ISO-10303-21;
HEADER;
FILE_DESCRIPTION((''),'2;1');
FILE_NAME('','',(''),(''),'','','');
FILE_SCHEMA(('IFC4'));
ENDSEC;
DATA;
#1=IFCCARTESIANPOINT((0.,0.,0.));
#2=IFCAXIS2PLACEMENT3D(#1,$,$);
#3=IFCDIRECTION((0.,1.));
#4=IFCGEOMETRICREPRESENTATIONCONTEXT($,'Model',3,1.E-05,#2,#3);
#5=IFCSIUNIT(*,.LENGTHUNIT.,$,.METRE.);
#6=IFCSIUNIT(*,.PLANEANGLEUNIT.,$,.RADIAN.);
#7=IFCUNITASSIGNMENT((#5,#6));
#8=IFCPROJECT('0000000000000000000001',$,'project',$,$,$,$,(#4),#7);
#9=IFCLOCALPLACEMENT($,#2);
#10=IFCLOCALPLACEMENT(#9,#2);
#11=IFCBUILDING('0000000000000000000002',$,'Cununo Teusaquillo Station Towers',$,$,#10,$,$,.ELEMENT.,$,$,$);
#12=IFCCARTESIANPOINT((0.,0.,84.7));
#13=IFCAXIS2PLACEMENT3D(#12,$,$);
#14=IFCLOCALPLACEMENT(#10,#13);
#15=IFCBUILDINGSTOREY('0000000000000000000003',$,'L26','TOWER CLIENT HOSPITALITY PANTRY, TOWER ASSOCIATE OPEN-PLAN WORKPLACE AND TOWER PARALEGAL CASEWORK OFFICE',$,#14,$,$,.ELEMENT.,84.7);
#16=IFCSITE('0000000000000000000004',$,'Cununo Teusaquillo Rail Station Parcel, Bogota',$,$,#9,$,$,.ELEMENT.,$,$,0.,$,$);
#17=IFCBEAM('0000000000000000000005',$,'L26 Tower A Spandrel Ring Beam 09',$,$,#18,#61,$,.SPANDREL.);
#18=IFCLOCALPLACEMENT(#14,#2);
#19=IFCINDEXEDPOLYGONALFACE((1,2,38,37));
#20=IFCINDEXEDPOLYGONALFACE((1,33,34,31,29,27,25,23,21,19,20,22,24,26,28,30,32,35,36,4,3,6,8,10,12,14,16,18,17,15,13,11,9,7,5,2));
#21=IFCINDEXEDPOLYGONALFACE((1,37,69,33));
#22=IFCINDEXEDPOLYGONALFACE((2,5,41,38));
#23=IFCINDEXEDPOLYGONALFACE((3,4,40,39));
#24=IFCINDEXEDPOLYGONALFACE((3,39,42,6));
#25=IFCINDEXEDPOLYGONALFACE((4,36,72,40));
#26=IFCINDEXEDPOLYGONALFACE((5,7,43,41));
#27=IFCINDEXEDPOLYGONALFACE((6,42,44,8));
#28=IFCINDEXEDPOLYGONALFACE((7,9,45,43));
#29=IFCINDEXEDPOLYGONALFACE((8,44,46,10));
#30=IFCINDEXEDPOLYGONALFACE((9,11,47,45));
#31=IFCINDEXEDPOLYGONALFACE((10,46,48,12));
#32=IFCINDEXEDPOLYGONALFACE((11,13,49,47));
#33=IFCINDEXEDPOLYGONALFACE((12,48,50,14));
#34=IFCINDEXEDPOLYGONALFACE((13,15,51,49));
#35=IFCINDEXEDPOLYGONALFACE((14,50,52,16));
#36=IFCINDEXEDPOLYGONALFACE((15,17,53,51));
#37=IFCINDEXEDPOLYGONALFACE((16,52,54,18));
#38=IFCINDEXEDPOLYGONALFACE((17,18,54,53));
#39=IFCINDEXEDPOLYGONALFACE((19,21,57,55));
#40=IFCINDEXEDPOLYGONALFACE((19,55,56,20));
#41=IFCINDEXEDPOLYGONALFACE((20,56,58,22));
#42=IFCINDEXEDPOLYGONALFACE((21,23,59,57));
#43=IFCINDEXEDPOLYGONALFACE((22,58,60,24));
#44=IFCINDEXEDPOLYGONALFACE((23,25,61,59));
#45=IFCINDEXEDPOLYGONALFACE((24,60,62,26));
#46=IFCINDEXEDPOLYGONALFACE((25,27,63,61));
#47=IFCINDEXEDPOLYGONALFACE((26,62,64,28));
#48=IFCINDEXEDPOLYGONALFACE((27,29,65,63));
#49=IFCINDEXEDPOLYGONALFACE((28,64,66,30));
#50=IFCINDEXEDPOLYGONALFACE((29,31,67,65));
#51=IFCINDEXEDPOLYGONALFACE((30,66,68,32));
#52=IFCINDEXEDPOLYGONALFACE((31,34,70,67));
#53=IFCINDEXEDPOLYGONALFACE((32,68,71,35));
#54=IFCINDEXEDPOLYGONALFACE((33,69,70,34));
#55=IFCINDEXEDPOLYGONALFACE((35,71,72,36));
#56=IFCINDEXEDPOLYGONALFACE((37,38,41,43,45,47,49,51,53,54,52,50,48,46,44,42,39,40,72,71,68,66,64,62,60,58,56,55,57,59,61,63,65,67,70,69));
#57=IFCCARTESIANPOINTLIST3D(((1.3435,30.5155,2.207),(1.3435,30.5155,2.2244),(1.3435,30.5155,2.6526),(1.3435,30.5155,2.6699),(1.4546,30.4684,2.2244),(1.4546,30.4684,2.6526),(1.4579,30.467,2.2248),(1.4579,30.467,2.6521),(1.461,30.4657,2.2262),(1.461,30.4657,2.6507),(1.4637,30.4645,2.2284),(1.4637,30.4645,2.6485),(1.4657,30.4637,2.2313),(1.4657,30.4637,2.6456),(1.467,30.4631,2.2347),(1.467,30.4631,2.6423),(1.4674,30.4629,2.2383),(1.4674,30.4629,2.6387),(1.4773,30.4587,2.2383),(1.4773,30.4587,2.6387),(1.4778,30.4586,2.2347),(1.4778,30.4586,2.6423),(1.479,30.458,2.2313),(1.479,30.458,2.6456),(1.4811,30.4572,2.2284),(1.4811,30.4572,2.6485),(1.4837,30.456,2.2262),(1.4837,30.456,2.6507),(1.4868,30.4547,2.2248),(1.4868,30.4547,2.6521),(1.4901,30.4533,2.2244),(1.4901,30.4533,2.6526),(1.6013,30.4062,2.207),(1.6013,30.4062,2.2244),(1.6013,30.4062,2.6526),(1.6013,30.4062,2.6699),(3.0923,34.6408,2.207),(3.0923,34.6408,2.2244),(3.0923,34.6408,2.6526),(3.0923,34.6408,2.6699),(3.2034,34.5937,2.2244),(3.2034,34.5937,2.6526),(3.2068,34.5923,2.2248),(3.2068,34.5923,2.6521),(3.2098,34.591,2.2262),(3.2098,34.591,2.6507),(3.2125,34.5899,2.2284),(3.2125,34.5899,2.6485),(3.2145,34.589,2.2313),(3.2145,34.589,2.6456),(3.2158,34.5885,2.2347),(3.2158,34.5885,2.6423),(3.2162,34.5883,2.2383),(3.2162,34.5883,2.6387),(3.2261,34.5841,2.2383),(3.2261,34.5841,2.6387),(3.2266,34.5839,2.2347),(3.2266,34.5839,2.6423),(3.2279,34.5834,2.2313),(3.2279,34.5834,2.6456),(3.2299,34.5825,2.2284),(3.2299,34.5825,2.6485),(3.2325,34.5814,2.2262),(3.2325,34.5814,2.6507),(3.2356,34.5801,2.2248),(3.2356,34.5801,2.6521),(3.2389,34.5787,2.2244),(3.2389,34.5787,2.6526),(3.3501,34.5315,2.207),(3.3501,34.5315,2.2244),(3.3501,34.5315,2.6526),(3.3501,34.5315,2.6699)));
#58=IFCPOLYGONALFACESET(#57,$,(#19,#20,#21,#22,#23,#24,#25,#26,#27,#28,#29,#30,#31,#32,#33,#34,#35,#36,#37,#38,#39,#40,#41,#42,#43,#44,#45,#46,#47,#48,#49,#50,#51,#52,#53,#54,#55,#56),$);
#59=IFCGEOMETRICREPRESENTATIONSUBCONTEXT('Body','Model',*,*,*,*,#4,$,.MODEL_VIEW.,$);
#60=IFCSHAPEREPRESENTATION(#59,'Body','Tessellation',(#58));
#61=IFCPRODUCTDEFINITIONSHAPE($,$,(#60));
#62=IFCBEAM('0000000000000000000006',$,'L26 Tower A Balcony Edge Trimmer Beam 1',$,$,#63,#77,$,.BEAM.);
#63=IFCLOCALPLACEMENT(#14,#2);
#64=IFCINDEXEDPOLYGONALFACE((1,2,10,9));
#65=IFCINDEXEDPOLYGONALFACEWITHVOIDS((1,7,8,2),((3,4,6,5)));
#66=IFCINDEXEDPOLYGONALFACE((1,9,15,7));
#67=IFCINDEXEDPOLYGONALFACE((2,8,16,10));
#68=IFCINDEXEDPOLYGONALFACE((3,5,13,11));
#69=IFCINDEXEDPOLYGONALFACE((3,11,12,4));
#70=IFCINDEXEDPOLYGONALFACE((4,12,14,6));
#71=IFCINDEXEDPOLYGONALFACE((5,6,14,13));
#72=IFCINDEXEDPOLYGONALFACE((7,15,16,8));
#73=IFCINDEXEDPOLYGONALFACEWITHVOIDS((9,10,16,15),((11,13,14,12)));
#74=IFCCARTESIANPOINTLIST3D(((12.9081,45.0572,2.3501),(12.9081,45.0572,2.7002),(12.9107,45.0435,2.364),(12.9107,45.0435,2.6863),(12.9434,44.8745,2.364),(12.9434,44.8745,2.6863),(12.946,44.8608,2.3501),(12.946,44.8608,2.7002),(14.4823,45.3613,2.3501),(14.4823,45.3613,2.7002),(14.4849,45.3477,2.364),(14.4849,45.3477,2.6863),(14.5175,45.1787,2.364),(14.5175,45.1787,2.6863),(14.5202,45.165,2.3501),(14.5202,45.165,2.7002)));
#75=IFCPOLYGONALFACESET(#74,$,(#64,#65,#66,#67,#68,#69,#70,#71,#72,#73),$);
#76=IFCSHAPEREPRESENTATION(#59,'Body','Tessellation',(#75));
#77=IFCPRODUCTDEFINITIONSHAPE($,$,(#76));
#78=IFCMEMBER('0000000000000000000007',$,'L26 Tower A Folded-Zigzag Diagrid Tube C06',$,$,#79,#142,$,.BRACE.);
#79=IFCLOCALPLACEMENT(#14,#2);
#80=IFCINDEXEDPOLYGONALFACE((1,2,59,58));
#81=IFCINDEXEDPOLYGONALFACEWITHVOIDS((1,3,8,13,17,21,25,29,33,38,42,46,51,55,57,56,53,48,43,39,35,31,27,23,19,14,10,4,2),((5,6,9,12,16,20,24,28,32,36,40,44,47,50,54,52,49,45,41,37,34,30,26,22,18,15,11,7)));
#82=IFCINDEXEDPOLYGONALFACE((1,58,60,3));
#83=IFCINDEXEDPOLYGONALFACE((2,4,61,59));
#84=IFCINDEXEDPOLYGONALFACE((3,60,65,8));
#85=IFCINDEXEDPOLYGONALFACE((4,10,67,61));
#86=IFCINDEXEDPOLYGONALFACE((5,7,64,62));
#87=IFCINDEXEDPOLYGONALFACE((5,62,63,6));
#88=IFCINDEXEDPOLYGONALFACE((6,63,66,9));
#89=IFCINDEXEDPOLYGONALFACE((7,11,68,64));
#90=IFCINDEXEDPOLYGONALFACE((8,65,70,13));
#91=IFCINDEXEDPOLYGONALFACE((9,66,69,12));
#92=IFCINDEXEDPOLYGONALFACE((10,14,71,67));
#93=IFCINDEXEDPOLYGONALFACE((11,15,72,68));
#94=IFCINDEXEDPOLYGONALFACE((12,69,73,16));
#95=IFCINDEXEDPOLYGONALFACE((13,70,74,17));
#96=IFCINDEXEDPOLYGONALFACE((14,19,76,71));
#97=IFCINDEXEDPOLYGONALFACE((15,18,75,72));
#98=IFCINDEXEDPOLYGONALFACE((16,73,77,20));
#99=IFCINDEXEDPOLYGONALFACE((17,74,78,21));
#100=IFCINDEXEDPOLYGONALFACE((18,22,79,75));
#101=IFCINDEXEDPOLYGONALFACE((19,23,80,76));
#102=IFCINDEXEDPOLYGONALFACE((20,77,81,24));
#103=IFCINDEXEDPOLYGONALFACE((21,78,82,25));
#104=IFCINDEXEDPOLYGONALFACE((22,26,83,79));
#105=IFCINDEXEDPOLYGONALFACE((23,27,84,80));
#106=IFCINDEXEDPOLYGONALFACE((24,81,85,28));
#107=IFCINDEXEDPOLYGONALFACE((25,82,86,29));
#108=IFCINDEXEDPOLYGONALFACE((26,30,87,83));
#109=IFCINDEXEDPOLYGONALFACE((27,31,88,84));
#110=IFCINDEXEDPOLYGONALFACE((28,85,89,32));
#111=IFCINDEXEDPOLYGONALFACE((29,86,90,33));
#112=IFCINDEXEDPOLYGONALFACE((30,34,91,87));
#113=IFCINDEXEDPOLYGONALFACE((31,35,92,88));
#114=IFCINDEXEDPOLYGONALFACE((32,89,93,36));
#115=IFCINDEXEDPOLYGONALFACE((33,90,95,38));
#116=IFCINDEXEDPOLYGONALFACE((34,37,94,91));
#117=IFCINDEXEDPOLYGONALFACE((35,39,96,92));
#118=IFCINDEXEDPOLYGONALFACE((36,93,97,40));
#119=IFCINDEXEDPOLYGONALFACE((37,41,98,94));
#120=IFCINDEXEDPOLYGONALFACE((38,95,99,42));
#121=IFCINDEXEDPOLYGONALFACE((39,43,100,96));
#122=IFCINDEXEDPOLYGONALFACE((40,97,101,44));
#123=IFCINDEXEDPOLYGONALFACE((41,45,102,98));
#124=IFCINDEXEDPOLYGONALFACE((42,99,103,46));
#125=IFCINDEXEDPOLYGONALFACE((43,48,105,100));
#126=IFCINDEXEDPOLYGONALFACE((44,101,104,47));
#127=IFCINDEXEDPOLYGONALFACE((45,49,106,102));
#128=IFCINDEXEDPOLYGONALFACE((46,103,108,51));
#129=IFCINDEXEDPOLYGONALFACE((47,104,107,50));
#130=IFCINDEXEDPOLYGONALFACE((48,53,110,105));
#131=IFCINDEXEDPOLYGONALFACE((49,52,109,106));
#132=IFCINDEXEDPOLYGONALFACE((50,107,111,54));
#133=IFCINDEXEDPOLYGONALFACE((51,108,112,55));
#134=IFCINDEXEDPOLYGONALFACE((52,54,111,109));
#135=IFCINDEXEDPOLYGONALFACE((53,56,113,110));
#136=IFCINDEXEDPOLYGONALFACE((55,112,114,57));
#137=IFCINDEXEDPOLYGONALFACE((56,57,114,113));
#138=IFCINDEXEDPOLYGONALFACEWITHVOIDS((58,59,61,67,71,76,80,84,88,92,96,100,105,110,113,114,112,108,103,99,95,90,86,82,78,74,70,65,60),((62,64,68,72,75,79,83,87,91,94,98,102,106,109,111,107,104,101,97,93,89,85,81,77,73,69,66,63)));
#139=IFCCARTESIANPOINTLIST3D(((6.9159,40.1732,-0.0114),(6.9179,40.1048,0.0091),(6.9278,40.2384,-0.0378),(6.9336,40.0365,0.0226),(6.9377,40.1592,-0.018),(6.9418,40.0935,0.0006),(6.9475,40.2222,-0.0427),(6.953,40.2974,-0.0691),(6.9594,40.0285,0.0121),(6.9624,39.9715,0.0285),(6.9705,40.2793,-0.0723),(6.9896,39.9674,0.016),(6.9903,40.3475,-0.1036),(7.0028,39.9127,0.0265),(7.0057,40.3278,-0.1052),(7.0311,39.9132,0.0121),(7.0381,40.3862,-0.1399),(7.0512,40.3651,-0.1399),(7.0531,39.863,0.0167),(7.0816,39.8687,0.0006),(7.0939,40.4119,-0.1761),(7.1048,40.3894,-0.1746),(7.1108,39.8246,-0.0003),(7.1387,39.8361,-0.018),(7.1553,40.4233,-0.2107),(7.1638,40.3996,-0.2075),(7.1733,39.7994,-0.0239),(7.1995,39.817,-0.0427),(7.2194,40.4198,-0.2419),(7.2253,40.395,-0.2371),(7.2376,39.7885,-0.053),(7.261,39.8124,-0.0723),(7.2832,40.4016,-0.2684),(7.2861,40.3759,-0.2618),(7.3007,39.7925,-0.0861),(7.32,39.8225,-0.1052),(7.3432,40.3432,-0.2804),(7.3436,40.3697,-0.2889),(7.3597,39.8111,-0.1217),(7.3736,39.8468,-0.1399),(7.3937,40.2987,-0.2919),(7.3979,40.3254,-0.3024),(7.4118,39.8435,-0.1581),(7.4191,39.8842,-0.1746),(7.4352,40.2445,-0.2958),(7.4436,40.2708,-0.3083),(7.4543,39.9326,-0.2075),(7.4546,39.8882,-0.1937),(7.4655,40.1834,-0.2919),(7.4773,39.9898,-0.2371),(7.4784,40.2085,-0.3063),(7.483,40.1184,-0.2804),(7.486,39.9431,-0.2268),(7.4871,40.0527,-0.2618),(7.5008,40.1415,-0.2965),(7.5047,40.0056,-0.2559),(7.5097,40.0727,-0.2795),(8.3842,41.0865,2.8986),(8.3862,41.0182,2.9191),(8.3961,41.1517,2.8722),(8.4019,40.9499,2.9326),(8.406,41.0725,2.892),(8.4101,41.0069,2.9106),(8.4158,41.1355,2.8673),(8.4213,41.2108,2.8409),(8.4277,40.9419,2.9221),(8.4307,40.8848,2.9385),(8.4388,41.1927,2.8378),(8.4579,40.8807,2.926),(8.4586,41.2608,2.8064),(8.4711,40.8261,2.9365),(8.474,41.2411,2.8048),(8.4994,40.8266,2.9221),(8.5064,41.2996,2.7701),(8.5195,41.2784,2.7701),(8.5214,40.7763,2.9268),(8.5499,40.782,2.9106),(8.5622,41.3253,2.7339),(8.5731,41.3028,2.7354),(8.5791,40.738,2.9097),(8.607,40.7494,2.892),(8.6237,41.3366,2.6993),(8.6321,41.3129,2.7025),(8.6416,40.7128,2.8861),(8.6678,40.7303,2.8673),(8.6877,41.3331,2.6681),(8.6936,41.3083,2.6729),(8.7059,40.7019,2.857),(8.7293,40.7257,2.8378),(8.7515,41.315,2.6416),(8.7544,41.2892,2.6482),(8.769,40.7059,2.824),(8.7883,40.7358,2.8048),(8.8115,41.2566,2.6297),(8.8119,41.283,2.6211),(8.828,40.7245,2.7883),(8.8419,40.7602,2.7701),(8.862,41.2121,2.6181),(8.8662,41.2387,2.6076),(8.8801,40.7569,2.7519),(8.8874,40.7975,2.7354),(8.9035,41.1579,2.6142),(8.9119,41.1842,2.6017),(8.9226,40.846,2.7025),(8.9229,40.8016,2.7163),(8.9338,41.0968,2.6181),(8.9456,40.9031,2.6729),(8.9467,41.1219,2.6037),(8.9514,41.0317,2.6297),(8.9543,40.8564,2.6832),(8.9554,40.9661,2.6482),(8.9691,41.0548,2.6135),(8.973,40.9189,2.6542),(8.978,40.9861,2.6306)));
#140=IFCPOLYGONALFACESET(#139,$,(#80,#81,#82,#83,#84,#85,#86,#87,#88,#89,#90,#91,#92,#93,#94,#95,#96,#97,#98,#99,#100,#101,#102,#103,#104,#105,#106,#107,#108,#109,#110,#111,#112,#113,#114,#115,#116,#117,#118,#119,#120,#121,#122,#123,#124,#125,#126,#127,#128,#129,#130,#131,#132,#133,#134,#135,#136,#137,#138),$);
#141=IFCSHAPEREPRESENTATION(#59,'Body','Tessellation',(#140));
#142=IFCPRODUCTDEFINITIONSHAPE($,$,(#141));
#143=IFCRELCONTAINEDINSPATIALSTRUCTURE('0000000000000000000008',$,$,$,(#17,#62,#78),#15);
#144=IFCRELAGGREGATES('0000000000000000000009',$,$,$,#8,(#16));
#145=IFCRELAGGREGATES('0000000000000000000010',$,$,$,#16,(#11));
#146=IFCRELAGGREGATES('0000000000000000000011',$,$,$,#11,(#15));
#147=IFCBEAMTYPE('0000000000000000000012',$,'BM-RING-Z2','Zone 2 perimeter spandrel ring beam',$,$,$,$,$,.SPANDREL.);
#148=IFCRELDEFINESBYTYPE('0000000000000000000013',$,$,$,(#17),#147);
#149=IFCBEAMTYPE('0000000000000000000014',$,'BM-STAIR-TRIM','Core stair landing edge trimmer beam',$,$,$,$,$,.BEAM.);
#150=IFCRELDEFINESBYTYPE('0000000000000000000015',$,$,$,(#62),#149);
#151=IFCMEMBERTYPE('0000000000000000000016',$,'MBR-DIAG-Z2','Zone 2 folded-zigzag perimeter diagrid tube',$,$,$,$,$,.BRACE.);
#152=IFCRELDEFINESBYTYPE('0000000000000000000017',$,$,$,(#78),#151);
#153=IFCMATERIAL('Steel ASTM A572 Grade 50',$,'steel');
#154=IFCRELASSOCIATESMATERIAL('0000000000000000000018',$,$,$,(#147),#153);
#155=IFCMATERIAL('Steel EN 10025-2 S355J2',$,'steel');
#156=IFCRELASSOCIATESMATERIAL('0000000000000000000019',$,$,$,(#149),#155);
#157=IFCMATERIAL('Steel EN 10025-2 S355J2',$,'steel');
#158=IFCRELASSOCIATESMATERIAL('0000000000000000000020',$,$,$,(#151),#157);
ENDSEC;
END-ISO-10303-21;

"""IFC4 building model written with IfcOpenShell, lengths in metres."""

from ifc_helpers import new_model, si_unit, direction, frame, origin, origin_2d, place, context, subcontext, project, spatial, hollow_rectangle, hollow_circle, i_section, extrude, material, material_profile, profile_set, type_object, element, save


model = new_model("IFC4")

# Units and contexts
model_context = context("Model", 3, precision=1e-05, world=origin(), true_north=direction((0.0, 1.0)))
body_context = subcontext(model_context, "Body", "Model", "MODEL_VIEW")
ifc_project = project(units=[si_unit("LENGTHUNIT", "METRE"), si_unit("PLANEANGLEUNIT", "RADIAN")], contexts=[model_context])

# Site, building, storey
site_placement = place(None, origin())
site = spatial("IfcSite", under=ifc_project, at=site_placement, Name="Cununo Teusaquillo Rail Station Parcel, Bogota", CompositionType="ELEMENT", RefElevation=0.0)
building_placement = place(site_placement, origin())
building = spatial("IfcBuilding", under=site, at=building_placement, Name="Cununo Teusaquillo Station Towers", CompositionType="ELEMENT")
storey_placement = place(building_placement, frame((0.0, 0.0, 84.7)))
storey = spatial("IfcBuildingStorey", under=building, at=storey_placement, Name="L26", Description="TOWER CLIENT HOSPITALITY PANTRY, TOWER ASSOCIATE OPEN-PLAN WORKPLACE AND TOWER PARALEGAL CASEWORK OFFICE", CompositionType="ELEMENT", Elevation=84.7)

# Beams
ifc_material_1 = material(Name="Steel ASTM A572 Grade 50", Category="steel")
ifc_material_profile_1 = material_profile(ifc_material_1, i_section(OverallWidth=0.28, OverallDepth=0.4629, WebThickness=0.0107, FlangeThickness=0.0173, FilletRadius=0.0139, at=origin_2d()), Name="W18X76")
ifc_profile_set_1 = profile_set([ifc_material_profile_1], Name="Steel ASTM A572 Grade 50")
beam_type_1 = type_object("IfcBeamType", Name="BM-RING-Z2", Description="Zone 2 perimeter spandrel ring beam", PredefinedType="SPANDREL", material=ifc_profile_set_1)
beam_1_placement = place(storey_placement, frame((3.2212, 34.5862, 2.4385), z_axis=(-0.390299, -0.920688, 0.0), x_axis=(0.920688, -0.390299, 0.0)))
element("IfcBeam", 1, at=beam_1_placement, inside=storey, type_object=beam_type_1, Name="L26 Tower A Spandrel Ring Beam 09", PredefinedType="SPANDREL", context=body_context, shape_type="SweptSolid", body=[
    extrude(i_section(OverallWidth=0.28, OverallDepth=0.4629, WebThickness=0.0107, FlangeThickness=0.0173, FilletRadius=0.0139, at=origin_2d()), origin(), (0.0, 0.0, 1.0), 4.4807),
])
ifc_material_2 = material(Name="Steel EN 10025-2 S355J2", Category="steel")
ifc_material_profile_2 = material_profile(ifc_material_2, hollow_rectangle(XDim=0.2, YDim=0.3501, WallThickness=0.0139, at=origin_2d()), Name="RHS 350x200x14")
ifc_profile_set_2 = profile_set([ifc_material_profile_2], Name="Steel EN 10025-2 S355J2")
beam_type_2 = type_object("IfcBeamType", Name="BM-STAIR-TRIM", Description="Core stair landing edge trimmer beam", PredefinedType="BEAM", material=ifc_profile_set_2)
beam_2_placement = place(storey_placement, frame((14.5012, 45.2632, 2.5251), z_axis=(-0.981837, -0.189728, 0.0), x_axis=(0.189728, -0.981837, 0.0)))
element("IfcBeam", 2, at=beam_2_placement, inside=storey, type_object=beam_type_2, Name="L26 Tower A Balcony Edge Trimmer Beam 1", PredefinedType="BEAM", context=body_context, shape_type="SweptSolid", body=[
    extrude(hollow_rectangle(XDim=0.2, YDim=0.3501, WallThickness=0.0139, at=origin_2d()), origin(), (0.0, 0.0, 1.0), 1.6033),
])

# Member
ifc_material_3 = material(Name="Steel EN 10025-2 S355J2", Category="steel")
ifc_material_profile_3 = material_profile(ifc_material_3, hollow_circle(Radius=0.3301, WallThickness=0.0249, at=origin_2d()), Name="CHS 660x25")
ifc_profile_set_3 = profile_set([ifc_material_profile_3], Name="Steel EN 10025-2 S355J2")
member_type = type_object("IfcMemberType", Name="MBR-DIAG-Z2", Description="Zone 2 folded-zigzag perimeter diagrid tube", PredefinedType="BRACE", material=ifc_profile_set_3)
member_1_placement = place(storey_placement, frame((7.2124, 40.106, -0.1399), z_axis=(0.433768, 0.269825, 0.859674), x_axis=(-0.528196, 0.849123, 0.0)))
element("IfcMember", 3, at=member_1_placement, inside=storey, type_object=member_type, Name="L26 Tower A Folded-Zigzag Diagrid Tube C06", PredefinedType="BRACE", context=body_context, shape_type="SweptSolid", body=[
    extrude(hollow_circle(Radius=0.3301, WallThickness=0.0249, at=origin_2d()), origin(), (0.0, 0.0, 1.0), 3.385),
])

save(model, "model.ifc")
